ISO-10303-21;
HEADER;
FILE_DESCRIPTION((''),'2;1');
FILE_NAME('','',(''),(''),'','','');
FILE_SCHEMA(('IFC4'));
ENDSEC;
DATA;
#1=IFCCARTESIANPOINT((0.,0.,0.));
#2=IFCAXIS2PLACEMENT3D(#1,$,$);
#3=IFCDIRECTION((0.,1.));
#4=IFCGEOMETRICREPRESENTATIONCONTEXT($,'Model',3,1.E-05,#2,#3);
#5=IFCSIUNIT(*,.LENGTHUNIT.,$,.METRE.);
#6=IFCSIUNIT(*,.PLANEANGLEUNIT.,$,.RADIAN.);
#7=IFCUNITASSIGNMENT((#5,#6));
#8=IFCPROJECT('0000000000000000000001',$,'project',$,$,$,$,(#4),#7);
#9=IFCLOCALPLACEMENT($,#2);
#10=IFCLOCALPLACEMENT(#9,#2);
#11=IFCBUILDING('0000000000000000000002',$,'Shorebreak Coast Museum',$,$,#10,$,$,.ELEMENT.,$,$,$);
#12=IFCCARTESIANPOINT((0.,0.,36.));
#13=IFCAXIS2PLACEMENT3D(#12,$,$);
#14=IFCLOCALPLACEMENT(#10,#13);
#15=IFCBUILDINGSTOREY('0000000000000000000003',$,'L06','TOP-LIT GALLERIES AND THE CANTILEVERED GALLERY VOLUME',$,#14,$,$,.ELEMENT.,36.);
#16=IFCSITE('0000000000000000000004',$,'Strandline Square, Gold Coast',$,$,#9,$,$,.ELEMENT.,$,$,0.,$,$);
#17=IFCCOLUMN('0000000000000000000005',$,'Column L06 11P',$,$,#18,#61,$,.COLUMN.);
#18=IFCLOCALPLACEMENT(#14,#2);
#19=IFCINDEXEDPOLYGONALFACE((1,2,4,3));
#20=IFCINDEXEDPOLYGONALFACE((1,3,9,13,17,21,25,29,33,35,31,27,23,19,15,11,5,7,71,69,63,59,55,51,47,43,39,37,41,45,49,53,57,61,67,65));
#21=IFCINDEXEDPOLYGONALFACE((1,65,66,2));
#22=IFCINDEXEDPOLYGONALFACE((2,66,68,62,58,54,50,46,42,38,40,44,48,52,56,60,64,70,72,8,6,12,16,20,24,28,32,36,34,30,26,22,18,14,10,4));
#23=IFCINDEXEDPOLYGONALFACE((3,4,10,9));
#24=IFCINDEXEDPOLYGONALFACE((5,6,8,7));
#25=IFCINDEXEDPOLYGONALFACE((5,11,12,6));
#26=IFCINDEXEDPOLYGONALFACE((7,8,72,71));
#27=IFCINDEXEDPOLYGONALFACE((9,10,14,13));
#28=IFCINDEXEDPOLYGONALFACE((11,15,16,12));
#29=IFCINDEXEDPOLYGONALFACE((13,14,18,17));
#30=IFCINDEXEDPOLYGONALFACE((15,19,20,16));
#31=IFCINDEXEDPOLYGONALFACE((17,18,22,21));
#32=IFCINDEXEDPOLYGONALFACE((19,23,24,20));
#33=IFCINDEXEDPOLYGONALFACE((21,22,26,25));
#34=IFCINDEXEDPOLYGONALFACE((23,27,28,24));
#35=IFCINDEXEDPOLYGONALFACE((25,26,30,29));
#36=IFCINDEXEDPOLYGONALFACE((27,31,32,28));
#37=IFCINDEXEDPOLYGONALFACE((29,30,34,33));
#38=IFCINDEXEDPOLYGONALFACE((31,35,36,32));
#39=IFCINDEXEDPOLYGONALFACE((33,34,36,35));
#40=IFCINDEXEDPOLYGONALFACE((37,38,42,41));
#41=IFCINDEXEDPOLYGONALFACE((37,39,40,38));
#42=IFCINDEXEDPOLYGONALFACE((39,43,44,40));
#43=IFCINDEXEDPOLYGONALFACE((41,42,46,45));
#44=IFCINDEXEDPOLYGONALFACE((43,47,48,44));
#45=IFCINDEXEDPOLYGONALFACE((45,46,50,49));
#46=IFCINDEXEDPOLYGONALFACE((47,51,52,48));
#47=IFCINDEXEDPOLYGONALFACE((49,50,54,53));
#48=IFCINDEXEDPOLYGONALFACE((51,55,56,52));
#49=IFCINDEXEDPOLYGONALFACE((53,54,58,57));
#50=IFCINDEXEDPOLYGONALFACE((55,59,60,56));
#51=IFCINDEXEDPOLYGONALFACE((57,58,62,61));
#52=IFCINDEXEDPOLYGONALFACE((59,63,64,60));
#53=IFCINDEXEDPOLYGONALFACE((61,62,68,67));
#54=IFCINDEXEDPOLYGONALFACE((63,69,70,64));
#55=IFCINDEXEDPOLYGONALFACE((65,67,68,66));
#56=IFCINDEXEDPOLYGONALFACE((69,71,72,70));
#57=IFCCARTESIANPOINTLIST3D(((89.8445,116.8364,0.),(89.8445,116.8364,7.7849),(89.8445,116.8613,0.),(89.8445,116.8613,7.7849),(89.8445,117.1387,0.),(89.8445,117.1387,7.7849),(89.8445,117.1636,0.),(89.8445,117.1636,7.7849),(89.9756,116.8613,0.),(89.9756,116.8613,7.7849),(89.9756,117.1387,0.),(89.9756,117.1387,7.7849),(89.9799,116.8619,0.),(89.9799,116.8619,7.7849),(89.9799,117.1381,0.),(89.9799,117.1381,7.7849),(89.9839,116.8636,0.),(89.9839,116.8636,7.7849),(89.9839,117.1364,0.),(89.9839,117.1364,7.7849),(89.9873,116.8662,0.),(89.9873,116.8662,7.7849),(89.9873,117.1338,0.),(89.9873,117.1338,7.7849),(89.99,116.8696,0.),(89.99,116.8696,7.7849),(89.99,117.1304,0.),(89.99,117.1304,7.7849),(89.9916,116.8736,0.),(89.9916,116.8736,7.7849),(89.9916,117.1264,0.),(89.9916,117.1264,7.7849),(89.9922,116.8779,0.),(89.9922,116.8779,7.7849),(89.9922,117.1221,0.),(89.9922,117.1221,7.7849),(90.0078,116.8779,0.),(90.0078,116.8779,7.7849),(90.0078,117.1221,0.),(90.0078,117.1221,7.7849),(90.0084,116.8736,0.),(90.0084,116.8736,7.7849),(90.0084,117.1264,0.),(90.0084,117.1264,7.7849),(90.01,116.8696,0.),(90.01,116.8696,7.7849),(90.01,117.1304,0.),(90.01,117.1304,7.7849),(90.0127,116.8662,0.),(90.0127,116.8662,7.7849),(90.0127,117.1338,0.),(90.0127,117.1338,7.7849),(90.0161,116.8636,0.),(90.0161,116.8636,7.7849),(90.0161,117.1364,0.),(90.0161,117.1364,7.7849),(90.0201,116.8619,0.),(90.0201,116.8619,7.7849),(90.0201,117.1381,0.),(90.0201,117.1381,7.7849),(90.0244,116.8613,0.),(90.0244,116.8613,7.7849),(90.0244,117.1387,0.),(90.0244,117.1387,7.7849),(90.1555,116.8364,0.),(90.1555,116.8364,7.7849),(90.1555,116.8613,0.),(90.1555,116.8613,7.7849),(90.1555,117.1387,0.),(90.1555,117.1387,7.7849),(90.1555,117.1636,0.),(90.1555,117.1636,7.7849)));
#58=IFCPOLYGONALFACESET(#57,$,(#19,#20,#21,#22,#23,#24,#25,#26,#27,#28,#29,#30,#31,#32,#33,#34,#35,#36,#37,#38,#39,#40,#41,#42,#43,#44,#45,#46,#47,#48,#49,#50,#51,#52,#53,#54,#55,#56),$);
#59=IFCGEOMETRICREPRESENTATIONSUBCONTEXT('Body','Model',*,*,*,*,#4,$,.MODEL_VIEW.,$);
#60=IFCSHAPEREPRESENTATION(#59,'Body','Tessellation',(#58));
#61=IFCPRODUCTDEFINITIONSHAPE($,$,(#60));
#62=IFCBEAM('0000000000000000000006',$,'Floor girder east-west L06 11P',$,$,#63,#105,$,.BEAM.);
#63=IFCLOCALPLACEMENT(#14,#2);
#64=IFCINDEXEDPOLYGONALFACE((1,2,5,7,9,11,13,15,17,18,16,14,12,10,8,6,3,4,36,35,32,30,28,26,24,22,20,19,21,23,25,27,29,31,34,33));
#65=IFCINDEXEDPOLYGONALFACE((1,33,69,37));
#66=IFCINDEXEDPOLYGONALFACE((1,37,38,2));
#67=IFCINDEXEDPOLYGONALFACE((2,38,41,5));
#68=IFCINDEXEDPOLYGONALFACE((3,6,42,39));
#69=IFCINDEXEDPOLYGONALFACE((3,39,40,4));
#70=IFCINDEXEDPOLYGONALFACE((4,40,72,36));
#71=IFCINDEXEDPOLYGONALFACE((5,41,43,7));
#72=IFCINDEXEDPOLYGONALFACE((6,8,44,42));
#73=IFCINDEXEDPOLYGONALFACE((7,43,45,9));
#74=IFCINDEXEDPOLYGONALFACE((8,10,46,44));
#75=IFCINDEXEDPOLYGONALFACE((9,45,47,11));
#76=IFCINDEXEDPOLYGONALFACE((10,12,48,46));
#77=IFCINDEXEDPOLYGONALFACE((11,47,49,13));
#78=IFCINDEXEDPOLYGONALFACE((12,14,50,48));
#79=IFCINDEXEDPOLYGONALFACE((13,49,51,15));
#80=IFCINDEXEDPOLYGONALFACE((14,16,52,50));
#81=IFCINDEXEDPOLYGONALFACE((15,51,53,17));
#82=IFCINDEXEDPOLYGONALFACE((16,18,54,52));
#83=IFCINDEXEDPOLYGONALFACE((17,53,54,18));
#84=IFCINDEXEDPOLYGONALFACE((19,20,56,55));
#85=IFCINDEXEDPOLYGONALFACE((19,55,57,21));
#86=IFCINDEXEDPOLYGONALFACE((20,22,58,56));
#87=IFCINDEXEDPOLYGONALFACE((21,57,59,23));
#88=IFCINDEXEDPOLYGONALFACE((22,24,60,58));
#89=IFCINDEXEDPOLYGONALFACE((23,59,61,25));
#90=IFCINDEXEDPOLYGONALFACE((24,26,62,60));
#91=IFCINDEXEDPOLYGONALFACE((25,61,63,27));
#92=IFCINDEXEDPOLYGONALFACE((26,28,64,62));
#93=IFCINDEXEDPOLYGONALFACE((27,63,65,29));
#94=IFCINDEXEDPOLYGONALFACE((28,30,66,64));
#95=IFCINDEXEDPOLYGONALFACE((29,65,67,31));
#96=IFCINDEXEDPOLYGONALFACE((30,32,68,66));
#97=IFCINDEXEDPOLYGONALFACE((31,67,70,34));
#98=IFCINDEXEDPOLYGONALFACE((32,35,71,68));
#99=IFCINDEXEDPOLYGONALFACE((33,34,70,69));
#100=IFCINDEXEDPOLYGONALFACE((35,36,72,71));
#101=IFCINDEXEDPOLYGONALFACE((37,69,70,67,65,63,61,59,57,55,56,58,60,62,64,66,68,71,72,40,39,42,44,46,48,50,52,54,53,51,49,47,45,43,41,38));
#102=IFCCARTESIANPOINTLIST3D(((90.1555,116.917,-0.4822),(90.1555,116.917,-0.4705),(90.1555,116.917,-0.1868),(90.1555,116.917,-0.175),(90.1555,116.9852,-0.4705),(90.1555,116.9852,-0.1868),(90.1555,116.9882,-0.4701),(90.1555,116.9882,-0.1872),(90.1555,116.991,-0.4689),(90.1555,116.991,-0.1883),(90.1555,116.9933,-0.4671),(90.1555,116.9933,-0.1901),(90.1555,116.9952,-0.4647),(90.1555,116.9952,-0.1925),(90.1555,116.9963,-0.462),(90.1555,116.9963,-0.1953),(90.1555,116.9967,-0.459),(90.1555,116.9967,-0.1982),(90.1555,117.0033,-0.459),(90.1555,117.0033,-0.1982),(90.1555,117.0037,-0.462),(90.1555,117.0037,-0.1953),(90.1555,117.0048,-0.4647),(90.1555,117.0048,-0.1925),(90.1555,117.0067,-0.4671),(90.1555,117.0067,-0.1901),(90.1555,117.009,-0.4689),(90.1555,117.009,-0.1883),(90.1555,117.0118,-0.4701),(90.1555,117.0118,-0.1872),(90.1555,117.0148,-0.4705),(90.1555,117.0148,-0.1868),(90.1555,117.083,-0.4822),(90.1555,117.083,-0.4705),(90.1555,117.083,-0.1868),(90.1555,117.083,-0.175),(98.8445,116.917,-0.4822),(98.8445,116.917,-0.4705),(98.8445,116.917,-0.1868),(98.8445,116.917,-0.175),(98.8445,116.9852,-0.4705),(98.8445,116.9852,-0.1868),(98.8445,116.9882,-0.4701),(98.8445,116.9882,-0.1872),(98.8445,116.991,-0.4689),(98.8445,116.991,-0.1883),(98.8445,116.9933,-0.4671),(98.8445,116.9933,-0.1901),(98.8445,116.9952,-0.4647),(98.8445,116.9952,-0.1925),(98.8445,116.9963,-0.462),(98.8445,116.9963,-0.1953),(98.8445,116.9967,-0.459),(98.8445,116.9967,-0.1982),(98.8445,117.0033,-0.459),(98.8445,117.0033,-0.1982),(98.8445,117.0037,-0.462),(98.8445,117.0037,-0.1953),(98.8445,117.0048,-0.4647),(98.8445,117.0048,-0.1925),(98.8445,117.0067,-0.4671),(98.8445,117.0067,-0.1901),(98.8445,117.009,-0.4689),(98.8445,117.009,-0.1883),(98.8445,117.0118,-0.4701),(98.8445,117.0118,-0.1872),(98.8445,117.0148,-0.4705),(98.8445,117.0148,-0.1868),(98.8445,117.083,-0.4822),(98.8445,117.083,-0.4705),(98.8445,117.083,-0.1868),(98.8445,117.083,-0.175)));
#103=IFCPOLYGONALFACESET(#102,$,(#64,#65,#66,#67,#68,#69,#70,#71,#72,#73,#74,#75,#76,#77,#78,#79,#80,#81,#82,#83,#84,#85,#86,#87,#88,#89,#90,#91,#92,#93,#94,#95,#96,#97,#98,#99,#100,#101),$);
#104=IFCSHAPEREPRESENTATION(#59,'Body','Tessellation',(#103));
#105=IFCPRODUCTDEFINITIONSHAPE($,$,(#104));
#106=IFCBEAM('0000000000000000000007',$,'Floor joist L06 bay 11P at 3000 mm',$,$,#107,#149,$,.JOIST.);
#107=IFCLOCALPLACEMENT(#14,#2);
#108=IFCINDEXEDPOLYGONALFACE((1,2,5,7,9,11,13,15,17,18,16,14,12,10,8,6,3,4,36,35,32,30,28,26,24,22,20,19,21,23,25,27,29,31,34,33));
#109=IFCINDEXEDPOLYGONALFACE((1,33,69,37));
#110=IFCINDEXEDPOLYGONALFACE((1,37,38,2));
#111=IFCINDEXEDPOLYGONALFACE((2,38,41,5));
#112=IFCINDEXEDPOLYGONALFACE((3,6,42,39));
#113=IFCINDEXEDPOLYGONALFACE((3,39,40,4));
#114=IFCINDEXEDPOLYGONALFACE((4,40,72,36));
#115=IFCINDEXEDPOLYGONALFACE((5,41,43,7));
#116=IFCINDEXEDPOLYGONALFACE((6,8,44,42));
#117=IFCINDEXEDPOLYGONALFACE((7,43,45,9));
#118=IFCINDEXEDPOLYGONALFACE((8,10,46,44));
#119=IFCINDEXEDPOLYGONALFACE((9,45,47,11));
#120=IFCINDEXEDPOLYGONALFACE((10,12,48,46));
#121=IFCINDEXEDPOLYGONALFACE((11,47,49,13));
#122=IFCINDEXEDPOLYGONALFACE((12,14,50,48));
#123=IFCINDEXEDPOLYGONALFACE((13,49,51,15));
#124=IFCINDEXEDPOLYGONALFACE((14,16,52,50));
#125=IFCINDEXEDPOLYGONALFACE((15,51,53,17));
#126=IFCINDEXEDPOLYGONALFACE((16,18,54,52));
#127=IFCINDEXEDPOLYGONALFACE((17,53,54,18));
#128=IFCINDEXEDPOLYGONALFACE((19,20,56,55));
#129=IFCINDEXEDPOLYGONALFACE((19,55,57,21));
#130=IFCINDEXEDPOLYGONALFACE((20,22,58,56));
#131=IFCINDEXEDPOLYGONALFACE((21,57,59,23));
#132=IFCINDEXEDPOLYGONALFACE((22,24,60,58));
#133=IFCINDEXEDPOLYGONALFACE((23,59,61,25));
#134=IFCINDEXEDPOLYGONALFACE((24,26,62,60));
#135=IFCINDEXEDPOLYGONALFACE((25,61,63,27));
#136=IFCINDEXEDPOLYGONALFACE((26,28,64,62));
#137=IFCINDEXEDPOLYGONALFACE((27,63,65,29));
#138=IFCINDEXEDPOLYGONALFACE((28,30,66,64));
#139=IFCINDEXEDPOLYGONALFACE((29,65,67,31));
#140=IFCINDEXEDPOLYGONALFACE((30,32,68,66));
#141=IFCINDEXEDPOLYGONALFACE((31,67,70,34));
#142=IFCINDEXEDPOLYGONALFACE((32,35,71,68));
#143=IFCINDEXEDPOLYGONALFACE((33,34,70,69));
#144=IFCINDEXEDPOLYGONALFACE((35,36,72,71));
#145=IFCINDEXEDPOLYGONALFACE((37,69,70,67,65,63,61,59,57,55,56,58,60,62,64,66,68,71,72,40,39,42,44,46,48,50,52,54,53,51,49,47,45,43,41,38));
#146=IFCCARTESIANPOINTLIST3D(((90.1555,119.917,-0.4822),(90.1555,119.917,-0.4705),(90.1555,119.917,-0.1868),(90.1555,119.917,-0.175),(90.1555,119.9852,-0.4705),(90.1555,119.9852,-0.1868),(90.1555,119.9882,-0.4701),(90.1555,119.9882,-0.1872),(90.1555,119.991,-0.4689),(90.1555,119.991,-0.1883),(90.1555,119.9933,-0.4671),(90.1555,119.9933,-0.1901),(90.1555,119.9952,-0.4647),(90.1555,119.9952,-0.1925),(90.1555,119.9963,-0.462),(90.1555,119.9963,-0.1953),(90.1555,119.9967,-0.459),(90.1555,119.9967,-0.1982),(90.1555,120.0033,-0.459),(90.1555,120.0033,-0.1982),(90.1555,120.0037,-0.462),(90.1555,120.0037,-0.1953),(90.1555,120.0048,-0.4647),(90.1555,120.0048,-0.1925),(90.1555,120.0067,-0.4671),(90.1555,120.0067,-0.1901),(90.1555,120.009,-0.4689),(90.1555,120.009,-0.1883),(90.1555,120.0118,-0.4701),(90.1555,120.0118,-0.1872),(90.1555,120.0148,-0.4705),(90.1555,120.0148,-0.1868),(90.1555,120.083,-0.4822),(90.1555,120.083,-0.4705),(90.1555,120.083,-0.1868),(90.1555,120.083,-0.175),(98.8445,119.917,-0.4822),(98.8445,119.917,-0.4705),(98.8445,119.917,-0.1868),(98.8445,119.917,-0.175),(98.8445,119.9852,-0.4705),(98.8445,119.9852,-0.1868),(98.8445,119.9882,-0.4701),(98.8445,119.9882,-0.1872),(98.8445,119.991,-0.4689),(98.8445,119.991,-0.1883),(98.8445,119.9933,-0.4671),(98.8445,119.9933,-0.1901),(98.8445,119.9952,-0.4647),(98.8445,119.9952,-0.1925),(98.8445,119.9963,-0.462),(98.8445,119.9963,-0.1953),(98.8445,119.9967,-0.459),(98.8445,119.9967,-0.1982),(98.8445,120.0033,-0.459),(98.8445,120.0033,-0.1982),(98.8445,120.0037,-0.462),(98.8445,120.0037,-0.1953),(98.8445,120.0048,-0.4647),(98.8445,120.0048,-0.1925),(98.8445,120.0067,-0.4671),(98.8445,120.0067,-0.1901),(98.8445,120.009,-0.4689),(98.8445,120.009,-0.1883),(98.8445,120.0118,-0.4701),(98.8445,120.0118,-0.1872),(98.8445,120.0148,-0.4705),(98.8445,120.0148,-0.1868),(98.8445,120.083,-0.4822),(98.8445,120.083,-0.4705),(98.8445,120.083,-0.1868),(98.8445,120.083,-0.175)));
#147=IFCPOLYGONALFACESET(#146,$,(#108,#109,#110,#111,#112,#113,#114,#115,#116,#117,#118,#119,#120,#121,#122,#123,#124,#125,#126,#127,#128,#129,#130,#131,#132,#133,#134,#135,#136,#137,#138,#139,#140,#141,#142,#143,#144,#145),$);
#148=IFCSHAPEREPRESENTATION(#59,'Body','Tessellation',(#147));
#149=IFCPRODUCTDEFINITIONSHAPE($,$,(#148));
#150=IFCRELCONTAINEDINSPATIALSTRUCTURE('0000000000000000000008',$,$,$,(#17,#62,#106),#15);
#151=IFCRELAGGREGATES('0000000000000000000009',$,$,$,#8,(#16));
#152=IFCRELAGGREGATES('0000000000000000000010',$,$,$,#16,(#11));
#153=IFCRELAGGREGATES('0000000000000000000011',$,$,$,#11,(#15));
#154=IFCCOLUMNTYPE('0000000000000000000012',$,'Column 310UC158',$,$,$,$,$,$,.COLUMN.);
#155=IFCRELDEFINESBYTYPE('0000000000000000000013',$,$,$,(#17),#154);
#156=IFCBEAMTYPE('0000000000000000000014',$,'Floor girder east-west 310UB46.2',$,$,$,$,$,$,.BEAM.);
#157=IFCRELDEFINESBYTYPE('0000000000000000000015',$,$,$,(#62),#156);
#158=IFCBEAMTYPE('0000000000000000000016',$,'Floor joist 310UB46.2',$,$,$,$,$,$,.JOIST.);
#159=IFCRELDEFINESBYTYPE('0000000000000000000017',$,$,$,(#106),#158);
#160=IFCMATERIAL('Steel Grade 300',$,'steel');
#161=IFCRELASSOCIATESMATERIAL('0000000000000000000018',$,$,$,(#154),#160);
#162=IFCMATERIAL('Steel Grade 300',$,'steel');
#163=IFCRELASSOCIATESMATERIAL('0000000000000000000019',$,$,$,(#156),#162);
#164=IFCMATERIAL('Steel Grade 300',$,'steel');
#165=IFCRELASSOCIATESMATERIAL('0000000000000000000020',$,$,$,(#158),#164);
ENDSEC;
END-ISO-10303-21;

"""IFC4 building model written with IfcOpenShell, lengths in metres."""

from ifc_helpers import new_model, si_unit, direction, frame, origin, origin_2d, place, context, subcontext, project, spatial, i_section, extrude, material, material_profile, profile_set, type_object, element, save


model = new_model("IFC4")

# Units and contexts
model_context = context("Model", 3, precision=1e-05, world=origin(), true_north=direction((0.0, 1.0)))
body_context = subcontext(model_context, "Body", "Model", "MODEL_VIEW")
ifc_project = project(units=[si_unit("LENGTHUNIT", "METRE"), si_unit("PLANEANGLEUNIT", "RADIAN")], contexts=[model_context])

# Site, building, storey
site_placement = place(None, origin())
site = spatial("IfcSite", under=ifc_project, at=site_placement, Name="Strandline Square, Gold Coast", CompositionType="ELEMENT", RefElevation=0.0)
building_placement = place(site_placement, origin())
building = spatial("IfcBuilding", under=site, at=building_placement, Name="Shorebreak Coast Museum", CompositionType="ELEMENT")
storey_placement = place(building_placement, frame((0.0, 0.0, 36.0)))
storey = spatial("IfcBuildingStorey", under=building, at=storey_placement, Name="L06", Description="TOP-LIT GALLERIES AND THE CANTILEVERED GALLERY VOLUME", CompositionType="ELEMENT", Elevation=36.0)

# Column
ifc_material_1 = material(Name="Steel Grade 300", Category="steel")
ifc_material_profile_1 = material_profile(ifc_material_1, i_section(OverallWidth=0.311, OverallDepth=0.3271, WebThickness=0.0156, FlangeThickness=0.0249, FilletRadius=0.0166, at=origin_2d()), Name="310UC158")
ifc_profile_set_1 = profile_set([ifc_material_profile_1], Name="Steel Grade 300")
column_type = type_object("IfcColumnType", Name="Column 310UC158", PredefinedType="COLUMN", material=ifc_profile_set_1)
column_placement = place(storey_placement, frame((90.0, 117.0, 0.0), z_axis=(0.0, 0.0, 1.0), x_axis=(1.0, 0.0, 0.0)))
element("IfcColumn", 1, at=column_placement, inside=storey, type_object=column_type, Name="Column L06 11P", PredefinedType="COLUMN", context=body_context, shape_type="SweptSolid", body=[
    extrude(i_section(OverallWidth=0.311, OverallDepth=0.3271, WebThickness=0.0156, FlangeThickness=0.0249, FilletRadius=0.0166, at=origin_2d()), origin(), (0.0, 0.0, 1.0), 7.7849),
])

# Beams
ifc_material_2 = material(Name="Steel Grade 300", Category="steel")
ifc_material_profile_2 = material_profile(ifc_material_2, i_section(OverallWidth=0.166, OverallDepth=0.3071, WebThickness=0.0066, FlangeThickness=0.0117, FilletRadius=0.0115, at=origin_2d()), Name="310UB46.2")
ifc_profile_set_2 = profile_set([ifc_material_profile_2], Name="Steel Grade 300")
beam_type_1 = type_object("IfcBeamType", Name="Floor girder east-west 310UB46.2", PredefinedType="BEAM", material=ifc_profile_set_2)
beam_1_placement = place(storey_placement, frame((90.1555, 117.0, -0.3286), z_axis=(1.0, 0.0, 0.0), x_axis=(0.0, 1.0, 0.0)))
element("IfcBeam", 2, at=beam_1_placement, inside=storey, type_object=beam_type_1, Name="Floor girder east-west L06 11P", PredefinedType="BEAM", context=body_context, shape_type="SweptSolid", body=[
    extrude(i_section(OverallWidth=0.166, OverallDepth=0.3071, WebThickness=0.0066, FlangeThickness=0.0117, FilletRadius=0.0115, at=origin_2d()), origin(), (0.0, 0.0, 1.0), 8.689),
])
ifc_material_3 = material(Name="Steel Grade 300", Category="steel")
ifc_material_profile_3 = material_profile(ifc_material_3, i_section(OverallWidth=0.166, OverallDepth=0.3071, WebThickness=0.0066, FlangeThickness=0.0117, FilletRadius=0.0115, at=origin_2d()), Name="310UB46.2")
ifc_profile_set_3 = profile_set([ifc_material_profile_3], Name="Steel Grade 300")
beam_type_2 = type_object("IfcBeamType", Name="Floor joist 310UB46.2", PredefinedType="JOIST", material=ifc_profile_set_3)
beam_2_placement = place(storey_placement, frame((90.1555, 120.0, -0.3286), z_axis=(1.0, 0.0, 0.0), x_axis=(0.0, 1.0, 0.0)))
element("IfcBeam", 3, at=beam_2_placement, inside=storey, type_object=beam_type_2, Name="Floor joist L06 bay 11P at 3000 mm", PredefinedType="JOIST", context=body_context, shape_type="SweptSolid", body=[
    extrude(i_section(OverallWidth=0.166, OverallDepth=0.3071, WebThickness=0.0066, FlangeThickness=0.0117, FilletRadius=0.0115, at=origin_2d()), origin(), (0.0, 0.0, 1.0), 8.689),
])

save(model, "model.ifc")
